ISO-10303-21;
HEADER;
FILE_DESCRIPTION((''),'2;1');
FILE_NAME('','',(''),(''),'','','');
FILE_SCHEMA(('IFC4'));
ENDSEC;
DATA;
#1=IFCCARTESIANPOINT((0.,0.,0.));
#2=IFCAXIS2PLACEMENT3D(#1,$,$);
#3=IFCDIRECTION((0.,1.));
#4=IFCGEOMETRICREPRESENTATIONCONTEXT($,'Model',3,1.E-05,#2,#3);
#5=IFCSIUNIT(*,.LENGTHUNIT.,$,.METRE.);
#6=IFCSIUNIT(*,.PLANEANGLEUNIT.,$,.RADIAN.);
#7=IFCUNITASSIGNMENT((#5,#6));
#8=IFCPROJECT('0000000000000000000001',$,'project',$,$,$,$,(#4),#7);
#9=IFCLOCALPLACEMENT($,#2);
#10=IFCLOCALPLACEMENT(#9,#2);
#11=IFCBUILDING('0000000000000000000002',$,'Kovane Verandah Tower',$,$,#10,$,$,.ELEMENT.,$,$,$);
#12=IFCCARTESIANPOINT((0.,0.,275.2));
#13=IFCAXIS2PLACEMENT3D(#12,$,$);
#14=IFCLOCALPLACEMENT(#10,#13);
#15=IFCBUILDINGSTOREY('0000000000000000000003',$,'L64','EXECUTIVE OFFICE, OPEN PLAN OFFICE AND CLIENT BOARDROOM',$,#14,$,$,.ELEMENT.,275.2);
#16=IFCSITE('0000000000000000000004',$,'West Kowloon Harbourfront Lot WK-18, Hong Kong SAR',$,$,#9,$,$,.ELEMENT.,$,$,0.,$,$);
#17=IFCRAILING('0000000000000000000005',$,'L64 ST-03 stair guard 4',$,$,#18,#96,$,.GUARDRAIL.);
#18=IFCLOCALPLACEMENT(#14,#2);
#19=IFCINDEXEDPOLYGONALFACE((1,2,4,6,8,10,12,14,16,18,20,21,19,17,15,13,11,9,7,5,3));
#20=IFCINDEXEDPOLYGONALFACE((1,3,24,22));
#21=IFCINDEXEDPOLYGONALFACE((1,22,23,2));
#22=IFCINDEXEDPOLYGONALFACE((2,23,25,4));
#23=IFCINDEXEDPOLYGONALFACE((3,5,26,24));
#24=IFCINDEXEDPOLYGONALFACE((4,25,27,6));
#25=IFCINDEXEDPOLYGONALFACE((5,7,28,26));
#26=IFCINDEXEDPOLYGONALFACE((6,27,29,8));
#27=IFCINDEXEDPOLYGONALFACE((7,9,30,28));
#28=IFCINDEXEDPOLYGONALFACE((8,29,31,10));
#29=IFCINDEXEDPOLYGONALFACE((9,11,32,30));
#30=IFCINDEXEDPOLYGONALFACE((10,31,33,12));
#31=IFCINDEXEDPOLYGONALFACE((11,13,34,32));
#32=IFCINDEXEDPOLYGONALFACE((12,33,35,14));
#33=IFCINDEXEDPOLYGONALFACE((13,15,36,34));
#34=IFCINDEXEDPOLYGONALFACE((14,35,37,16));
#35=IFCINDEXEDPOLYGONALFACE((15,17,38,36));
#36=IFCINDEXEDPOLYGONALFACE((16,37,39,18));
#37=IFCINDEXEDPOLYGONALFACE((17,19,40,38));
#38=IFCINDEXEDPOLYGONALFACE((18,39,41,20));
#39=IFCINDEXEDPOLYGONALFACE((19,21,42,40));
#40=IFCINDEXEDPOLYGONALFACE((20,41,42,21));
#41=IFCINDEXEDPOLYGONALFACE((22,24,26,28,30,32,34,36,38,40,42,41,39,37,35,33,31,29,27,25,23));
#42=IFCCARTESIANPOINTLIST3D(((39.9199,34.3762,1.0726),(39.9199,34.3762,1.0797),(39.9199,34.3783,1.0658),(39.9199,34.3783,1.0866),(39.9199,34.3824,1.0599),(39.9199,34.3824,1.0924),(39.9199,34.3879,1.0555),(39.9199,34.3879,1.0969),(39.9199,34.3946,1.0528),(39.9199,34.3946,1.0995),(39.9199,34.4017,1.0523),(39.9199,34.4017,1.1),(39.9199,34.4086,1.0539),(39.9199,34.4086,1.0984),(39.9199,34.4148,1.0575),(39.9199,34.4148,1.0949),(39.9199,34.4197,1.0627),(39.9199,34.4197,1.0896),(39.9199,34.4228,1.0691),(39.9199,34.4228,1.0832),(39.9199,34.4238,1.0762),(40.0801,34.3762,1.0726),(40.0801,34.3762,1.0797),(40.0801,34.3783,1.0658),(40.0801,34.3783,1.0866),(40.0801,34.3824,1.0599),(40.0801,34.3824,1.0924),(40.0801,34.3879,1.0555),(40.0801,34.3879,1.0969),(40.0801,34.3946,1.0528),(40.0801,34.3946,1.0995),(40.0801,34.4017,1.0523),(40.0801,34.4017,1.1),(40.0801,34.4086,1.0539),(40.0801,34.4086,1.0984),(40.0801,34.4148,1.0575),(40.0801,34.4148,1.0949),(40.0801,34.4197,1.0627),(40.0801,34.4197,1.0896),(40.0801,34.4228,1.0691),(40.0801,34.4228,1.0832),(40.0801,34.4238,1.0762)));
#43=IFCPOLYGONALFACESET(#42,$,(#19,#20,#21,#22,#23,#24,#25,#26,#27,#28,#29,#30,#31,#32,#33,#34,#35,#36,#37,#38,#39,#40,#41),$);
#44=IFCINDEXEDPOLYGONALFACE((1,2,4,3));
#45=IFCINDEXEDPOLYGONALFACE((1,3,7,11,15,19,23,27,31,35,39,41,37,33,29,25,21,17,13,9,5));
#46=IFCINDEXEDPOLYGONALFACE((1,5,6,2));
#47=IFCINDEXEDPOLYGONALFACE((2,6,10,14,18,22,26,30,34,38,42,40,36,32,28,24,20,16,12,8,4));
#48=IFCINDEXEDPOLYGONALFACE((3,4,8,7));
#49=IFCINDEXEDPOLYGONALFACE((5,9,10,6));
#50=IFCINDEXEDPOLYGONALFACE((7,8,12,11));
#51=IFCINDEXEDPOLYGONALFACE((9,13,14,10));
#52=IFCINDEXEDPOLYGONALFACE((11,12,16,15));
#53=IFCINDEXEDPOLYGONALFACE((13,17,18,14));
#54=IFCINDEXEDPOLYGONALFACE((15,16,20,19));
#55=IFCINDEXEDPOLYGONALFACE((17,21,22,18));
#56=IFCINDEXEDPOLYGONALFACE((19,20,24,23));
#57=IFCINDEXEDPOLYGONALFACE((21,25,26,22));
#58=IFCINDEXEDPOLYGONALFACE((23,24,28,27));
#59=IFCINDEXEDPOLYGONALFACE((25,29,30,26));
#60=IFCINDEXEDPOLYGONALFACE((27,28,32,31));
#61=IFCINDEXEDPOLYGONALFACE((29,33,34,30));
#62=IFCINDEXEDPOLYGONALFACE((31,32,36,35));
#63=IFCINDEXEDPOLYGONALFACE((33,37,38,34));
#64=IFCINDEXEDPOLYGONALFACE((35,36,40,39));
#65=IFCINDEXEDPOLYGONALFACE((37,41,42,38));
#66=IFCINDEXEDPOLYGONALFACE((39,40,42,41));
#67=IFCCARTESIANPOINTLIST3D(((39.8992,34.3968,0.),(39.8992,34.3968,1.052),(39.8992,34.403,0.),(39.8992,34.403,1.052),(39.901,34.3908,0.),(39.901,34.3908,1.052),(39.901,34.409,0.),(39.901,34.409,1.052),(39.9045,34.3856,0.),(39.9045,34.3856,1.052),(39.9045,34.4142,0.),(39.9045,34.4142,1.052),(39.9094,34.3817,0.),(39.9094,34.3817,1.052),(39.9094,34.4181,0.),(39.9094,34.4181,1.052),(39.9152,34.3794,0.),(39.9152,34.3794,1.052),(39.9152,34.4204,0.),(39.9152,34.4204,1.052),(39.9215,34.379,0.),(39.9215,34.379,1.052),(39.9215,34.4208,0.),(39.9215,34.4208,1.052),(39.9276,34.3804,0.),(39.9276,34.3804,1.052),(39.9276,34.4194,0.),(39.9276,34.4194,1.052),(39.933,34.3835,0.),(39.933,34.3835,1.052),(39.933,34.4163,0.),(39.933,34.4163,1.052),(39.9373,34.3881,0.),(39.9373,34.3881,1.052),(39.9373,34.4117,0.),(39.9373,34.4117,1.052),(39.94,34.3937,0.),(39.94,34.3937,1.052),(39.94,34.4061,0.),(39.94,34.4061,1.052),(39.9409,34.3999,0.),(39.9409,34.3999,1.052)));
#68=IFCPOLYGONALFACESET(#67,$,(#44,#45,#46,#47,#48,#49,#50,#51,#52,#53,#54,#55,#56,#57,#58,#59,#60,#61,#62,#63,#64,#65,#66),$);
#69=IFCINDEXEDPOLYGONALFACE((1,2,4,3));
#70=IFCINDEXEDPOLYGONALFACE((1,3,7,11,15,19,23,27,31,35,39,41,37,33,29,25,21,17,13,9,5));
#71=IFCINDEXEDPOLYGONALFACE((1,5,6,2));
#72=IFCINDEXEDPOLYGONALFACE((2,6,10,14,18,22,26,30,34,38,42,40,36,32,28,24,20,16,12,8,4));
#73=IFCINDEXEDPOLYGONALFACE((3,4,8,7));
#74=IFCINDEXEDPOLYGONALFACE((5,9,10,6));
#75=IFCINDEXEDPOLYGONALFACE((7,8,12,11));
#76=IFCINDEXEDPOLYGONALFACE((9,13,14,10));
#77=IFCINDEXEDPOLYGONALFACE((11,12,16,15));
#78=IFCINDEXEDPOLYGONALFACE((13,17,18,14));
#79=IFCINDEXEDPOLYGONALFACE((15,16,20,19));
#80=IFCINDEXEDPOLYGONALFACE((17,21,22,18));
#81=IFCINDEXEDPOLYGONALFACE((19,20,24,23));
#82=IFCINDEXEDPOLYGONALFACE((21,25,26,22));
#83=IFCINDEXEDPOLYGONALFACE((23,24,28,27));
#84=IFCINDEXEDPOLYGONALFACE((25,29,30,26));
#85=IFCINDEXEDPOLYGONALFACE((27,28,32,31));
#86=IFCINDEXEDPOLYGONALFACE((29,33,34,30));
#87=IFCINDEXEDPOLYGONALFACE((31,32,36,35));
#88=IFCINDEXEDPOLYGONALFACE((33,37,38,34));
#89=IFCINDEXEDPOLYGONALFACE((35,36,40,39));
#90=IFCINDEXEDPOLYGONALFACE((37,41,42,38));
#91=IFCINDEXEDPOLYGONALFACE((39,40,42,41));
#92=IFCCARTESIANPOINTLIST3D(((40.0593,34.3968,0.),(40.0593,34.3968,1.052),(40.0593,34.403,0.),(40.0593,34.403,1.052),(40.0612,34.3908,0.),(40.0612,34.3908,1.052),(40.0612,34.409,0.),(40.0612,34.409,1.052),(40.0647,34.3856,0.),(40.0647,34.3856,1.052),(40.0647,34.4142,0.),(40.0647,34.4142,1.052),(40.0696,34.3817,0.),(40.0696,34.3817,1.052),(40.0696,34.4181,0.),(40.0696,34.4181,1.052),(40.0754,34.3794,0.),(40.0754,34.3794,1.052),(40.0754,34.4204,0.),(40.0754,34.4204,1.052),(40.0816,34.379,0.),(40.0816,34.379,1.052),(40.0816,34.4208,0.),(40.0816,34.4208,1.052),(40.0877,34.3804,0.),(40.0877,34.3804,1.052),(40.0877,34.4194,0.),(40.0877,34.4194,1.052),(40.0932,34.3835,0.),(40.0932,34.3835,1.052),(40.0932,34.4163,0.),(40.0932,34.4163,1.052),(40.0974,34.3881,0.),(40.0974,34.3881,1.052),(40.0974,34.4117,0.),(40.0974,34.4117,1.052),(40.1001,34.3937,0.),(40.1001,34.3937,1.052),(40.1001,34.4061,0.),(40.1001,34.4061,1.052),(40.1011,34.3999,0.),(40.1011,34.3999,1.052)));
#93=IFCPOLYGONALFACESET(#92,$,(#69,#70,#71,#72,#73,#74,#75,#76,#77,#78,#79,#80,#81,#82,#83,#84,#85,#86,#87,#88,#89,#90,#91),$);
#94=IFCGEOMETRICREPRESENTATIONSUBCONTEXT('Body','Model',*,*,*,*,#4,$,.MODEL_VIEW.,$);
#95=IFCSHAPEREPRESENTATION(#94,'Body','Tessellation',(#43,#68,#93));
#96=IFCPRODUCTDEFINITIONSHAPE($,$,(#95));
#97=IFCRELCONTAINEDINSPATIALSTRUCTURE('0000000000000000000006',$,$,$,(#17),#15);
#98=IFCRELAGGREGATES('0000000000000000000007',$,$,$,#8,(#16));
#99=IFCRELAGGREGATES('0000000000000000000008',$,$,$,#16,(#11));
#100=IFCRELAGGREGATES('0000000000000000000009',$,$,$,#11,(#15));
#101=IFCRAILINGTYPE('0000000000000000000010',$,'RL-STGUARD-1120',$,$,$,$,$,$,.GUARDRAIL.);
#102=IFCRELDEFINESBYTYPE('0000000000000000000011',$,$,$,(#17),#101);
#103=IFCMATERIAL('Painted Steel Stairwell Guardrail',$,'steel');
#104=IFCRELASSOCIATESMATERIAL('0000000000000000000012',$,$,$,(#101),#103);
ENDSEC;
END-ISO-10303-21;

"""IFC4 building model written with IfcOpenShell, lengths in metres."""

from ifc_helpers import new_model, si_unit, direction, frame, origin, origin_2d, place, context, subcontext, project, spatial, circle, extrude, material, type_object, element, save


model = new_model("IFC4")

# Units and contexts
model_context = context("Model", 3, precision=1e-05, world=origin(), true_north=direction((0.0, 1.0)))
body_context = subcontext(model_context, "Body", "Model", "MODEL_VIEW")
ifc_project = project(units=[si_unit("LENGTHUNIT", "METRE"), si_unit("PLANEANGLEUNIT", "RADIAN")], contexts=[model_context])

# Site, building, storey
site_placement = place(None, origin())
site = spatial("IfcSite", under=ifc_project, at=site_placement, Name="West Kowloon Harbourfront Lot WK-18, Hong Kong SAR", CompositionType="ELEMENT", RefElevation=0.0)
building_placement = place(site_placement, origin())
building = spatial("IfcBuilding", under=site, at=building_placement, Name="Kovane Verandah Tower", CompositionType="ELEMENT")
storey_placement = place(building_placement, frame((0.0, 0.0, 275.2)))
storey = spatial("IfcBuildingStorey", under=building, at=storey_placement, Name="L64", Description="EXECUTIVE OFFICE, OPEN PLAN OFFICE AND CLIENT BOARDROOM", CompositionType="ELEMENT", Elevation=275.2)

# Railing
ifc_material_1 = material(Name="Painted Steel Stairwell Guardrail", Category="steel")
railing_type_1 = type_object("IfcRailingType", Name="RL-STGUARD-1120", PredefinedType="GUARDRAIL", material=ifc_material_1)
railing_1_placement = place(storey_placement, frame((39.9199, 34.3999, 0.0)))
element("IfcRailing", 1, at=railing_1_placement, inside=storey, type_object=railing_type_1, Name="L64 ST-03 stair guard 4", PredefinedType="GUARDRAIL", context=body_context, shape_type="SweptSolid", body=[
    extrude(circle(Radius=0.0239, at=origin_2d()), frame((0.0, 0.0, 1.0762), z_axis=(1.0, 0.0, 0.0), x_axis=(0.0, 1.0, 0.0)), (0.0, 0.0, 1.0), 0.1602),
    extrude(circle(Radius=0.021, at=origin_2d()), origin(), (0.0, 0.0, 1.0), 1.052),
    extrude(circle(Radius=0.021, at=origin_2d()), frame((0.1602, 0.0, 0.0)), (0.0, 0.0, 1.0), 1.052),
])

save(model, "model.ifc")
